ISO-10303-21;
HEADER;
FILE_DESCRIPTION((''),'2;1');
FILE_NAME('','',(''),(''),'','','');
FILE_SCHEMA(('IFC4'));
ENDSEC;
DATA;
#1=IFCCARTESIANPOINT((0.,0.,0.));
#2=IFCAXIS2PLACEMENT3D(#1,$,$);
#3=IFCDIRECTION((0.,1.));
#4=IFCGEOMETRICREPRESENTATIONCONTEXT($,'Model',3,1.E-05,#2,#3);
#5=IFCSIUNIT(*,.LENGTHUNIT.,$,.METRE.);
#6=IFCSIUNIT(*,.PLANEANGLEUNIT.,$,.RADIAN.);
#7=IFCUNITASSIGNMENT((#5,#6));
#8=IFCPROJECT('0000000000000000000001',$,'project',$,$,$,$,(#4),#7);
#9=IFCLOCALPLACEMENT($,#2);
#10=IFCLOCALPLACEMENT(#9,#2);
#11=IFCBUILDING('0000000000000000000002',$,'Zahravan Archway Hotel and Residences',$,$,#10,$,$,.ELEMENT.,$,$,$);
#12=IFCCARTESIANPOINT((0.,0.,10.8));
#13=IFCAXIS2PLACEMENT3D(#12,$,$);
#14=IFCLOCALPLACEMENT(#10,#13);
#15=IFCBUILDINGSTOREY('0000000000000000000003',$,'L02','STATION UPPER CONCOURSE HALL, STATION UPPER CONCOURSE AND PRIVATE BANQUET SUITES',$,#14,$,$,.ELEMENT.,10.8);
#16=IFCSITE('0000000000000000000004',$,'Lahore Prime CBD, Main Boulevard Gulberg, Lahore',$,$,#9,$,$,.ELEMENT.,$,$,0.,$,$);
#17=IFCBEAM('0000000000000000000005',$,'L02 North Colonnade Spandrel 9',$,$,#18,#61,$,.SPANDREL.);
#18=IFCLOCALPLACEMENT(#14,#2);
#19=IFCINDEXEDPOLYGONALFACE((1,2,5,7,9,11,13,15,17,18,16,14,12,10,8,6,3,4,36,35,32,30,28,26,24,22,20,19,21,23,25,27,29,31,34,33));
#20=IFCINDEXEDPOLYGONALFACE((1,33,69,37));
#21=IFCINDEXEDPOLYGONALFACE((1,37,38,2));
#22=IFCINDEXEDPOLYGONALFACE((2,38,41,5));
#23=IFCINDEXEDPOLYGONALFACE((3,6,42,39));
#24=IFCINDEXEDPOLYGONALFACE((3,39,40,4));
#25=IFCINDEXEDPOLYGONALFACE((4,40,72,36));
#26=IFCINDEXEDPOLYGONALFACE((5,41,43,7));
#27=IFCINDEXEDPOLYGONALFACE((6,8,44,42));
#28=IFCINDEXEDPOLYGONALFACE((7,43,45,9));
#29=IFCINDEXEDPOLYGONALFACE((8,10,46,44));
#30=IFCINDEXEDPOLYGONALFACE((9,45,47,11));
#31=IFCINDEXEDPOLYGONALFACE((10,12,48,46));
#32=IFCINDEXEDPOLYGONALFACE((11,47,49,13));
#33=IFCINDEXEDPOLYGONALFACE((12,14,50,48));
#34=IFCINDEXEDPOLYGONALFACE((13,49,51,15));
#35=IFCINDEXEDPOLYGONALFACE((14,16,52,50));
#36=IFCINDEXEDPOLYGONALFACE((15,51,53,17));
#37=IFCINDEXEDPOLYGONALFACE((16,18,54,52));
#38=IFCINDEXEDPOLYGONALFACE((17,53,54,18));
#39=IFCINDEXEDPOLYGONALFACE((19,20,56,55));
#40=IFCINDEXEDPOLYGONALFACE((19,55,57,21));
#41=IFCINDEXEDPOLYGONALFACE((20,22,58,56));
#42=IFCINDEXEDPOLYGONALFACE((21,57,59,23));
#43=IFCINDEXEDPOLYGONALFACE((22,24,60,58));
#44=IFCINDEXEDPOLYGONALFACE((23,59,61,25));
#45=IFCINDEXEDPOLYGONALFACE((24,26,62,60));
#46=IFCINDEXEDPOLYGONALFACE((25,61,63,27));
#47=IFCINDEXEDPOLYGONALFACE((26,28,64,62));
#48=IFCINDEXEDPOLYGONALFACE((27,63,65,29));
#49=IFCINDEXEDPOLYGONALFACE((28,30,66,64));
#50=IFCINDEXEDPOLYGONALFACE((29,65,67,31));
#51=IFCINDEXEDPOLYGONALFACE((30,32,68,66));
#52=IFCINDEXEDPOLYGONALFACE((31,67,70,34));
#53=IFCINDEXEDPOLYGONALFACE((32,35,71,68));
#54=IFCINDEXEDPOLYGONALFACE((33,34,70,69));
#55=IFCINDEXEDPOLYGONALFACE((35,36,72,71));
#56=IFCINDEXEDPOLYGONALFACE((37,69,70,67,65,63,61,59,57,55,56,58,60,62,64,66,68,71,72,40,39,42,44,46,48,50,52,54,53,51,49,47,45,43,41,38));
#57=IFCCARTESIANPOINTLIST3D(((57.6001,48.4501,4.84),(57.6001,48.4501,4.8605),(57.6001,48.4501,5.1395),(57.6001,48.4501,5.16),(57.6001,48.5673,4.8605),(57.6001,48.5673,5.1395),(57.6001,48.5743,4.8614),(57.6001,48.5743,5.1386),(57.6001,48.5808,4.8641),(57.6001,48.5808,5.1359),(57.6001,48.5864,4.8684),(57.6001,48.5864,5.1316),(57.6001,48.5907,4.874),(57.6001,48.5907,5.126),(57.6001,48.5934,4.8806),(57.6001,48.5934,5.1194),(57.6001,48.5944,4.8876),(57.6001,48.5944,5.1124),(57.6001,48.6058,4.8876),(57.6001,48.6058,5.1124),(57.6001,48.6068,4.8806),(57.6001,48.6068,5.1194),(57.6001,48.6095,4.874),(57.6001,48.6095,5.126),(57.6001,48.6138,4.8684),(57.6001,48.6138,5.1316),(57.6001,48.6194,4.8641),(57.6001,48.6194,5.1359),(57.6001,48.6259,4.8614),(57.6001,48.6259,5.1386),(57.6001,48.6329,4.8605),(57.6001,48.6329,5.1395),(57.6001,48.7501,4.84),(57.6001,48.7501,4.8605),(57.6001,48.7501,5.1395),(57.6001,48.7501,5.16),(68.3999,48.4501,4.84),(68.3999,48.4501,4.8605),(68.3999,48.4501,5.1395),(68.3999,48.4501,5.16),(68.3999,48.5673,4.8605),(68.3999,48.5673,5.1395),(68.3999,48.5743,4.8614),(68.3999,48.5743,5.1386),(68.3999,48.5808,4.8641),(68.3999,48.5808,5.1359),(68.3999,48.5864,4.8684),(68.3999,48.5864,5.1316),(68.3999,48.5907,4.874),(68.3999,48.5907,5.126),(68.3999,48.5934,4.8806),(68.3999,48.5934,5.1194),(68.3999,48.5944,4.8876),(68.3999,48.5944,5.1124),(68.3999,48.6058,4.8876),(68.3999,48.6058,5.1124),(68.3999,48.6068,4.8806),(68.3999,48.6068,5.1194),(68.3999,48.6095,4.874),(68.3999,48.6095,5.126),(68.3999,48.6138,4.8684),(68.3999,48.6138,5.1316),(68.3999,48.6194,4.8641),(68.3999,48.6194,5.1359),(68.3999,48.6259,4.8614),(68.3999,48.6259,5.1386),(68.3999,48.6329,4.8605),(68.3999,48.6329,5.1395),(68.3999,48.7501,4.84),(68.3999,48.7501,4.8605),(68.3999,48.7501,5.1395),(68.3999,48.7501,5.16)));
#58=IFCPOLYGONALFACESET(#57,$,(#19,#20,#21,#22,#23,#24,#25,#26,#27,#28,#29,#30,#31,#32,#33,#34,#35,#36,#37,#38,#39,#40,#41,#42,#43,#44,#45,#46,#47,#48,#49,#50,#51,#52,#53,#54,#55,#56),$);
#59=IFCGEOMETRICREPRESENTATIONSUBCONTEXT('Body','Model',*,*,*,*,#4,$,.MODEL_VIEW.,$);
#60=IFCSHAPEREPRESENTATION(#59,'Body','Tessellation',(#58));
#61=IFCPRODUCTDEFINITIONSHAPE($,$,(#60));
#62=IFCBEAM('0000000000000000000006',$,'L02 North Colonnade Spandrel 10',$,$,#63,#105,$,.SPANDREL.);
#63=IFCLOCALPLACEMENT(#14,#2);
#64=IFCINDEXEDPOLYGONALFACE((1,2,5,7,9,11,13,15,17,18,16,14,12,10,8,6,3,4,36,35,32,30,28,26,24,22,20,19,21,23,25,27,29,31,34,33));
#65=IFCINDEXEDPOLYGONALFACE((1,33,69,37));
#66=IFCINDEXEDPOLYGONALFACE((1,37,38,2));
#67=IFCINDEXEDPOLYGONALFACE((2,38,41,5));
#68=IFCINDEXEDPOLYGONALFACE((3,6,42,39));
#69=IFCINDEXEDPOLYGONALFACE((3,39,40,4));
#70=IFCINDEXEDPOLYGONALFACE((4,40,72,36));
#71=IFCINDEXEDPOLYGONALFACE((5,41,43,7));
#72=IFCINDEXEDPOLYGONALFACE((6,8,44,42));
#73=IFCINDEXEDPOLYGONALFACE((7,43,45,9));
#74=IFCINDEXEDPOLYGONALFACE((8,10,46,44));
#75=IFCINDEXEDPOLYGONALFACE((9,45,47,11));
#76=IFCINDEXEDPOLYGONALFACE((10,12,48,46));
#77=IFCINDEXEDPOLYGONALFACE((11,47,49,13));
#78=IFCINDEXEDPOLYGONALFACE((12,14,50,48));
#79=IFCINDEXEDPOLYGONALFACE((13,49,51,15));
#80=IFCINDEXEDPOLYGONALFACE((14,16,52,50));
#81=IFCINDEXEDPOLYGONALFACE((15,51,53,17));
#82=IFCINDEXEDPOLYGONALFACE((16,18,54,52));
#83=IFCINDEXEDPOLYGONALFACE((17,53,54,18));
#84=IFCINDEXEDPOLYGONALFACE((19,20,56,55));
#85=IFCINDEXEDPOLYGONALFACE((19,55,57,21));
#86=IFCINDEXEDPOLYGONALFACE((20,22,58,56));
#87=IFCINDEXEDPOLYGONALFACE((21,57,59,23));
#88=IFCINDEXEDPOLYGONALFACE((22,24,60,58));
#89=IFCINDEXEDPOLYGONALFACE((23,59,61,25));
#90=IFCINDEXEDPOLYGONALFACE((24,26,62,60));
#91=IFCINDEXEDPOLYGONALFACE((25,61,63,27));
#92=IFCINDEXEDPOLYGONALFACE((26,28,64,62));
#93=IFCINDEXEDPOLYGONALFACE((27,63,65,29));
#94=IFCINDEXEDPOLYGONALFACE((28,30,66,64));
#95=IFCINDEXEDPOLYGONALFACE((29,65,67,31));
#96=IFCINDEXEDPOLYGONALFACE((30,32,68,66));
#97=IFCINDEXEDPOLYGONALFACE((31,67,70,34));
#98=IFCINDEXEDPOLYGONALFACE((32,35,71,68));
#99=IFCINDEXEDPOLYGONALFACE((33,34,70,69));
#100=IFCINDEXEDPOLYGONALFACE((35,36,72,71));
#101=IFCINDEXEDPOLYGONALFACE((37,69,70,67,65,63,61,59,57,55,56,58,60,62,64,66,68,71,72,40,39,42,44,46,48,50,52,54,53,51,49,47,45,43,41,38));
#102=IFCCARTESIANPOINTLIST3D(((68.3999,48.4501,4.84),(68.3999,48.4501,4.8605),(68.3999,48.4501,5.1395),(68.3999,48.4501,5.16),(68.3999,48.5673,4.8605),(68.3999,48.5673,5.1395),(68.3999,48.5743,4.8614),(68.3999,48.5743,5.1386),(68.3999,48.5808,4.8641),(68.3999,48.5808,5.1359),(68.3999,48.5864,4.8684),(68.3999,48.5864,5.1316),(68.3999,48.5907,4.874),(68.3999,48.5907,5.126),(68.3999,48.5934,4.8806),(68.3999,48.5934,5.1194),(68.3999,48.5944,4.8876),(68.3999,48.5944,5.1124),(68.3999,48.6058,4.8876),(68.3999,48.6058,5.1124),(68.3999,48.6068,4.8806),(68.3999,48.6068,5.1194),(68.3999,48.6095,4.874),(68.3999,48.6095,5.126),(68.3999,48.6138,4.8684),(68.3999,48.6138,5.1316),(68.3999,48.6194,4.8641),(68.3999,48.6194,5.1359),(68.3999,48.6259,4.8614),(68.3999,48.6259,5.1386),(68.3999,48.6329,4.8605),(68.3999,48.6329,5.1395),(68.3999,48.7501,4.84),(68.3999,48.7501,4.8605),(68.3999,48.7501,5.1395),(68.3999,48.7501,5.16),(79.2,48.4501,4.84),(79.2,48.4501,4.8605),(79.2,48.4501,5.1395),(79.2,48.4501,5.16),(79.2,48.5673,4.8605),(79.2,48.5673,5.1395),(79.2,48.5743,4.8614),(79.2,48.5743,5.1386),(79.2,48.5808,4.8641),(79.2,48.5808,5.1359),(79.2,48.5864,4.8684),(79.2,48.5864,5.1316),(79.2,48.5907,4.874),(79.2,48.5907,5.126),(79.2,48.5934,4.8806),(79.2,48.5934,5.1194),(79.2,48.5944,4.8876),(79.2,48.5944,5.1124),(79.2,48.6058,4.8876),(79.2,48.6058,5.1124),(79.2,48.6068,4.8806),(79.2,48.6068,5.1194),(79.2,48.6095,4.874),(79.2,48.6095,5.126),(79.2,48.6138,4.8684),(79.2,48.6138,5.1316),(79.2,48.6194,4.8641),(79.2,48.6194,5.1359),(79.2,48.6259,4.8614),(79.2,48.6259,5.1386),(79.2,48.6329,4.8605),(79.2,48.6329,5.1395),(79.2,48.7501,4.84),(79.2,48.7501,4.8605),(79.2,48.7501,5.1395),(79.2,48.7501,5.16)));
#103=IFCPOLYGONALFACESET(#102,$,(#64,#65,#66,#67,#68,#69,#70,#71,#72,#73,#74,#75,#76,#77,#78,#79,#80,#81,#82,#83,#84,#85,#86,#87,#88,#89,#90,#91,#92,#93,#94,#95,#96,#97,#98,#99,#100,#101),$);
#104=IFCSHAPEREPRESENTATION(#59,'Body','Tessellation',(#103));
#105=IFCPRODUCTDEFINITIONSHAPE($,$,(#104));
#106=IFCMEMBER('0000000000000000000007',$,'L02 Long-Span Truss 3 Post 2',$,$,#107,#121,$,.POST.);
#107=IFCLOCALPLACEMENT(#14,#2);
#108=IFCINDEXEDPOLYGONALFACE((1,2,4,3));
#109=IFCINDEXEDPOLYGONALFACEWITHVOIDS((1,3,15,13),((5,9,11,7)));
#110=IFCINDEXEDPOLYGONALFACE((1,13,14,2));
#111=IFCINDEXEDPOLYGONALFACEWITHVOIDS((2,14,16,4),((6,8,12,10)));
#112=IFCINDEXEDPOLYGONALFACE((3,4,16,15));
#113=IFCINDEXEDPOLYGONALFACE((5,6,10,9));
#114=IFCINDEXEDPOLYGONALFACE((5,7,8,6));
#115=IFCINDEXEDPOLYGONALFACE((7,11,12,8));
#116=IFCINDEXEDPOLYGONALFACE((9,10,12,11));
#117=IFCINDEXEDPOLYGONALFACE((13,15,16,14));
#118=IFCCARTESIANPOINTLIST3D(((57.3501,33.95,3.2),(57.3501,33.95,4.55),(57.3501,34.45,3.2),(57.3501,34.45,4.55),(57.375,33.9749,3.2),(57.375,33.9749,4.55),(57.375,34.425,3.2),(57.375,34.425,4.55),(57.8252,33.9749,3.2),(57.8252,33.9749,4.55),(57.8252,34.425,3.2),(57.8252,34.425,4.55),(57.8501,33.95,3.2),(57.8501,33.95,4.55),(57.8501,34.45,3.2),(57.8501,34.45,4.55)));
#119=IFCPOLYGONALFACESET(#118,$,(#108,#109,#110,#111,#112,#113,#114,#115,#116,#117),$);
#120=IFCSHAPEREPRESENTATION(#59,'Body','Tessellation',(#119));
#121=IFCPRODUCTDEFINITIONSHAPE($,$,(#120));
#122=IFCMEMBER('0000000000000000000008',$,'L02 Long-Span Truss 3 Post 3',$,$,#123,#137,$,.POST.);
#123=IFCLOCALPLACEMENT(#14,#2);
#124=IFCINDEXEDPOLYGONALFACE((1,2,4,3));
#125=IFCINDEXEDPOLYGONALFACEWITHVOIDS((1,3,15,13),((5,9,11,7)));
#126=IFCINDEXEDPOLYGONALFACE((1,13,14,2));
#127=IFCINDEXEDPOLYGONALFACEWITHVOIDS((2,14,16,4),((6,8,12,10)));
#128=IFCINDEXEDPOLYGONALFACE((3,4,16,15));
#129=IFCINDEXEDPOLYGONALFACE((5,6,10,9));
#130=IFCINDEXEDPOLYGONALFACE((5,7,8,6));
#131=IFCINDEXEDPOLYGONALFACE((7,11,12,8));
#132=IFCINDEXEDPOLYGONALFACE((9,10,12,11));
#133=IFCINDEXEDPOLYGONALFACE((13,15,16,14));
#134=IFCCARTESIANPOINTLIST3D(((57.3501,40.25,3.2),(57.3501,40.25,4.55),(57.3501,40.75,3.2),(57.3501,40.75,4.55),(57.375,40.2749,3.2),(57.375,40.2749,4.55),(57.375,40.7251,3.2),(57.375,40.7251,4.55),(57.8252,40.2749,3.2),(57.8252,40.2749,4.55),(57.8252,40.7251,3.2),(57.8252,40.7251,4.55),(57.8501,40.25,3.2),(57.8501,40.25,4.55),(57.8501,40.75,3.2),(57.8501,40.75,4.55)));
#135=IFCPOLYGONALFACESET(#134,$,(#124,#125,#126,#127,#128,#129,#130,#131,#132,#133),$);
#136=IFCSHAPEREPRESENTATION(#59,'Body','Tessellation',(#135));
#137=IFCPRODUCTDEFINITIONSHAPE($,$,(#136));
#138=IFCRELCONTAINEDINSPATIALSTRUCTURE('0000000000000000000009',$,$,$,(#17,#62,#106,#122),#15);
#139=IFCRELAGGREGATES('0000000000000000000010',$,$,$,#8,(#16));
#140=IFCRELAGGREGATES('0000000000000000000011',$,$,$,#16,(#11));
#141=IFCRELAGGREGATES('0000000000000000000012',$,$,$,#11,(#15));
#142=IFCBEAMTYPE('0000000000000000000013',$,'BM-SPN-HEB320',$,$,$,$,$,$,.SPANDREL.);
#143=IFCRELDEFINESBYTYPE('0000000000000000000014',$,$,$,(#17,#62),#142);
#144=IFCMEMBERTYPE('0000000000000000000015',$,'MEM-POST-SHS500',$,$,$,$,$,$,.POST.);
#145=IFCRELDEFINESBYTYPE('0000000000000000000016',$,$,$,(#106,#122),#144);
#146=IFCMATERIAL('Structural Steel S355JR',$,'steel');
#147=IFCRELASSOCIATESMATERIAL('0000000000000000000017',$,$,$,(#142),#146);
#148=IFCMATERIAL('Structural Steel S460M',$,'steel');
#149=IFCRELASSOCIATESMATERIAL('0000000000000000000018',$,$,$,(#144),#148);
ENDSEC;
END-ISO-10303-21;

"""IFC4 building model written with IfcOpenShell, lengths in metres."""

from ifc_helpers import new_model, si_unit, direction, frame, origin, origin_2d, place, context, subcontext, project, spatial, hollow_rectangle, i_section, extrude, source, transform, mapped, material, material_profile, profile_set, type_object, type_shapes, element, save


model = new_model("IFC4")

# Units and contexts
model_context = context("Model", 3, precision=1e-05, world=origin(), true_north=direction((0.0, 1.0)))
body_context = subcontext(model_context, "Body", "Model", "MODEL_VIEW")
ifc_project = project(units=[si_unit("LENGTHUNIT", "METRE"), si_unit("PLANEANGLEUNIT", "RADIAN")], contexts=[model_context])

# Site, building, storey
site_placement = place(None, origin())
site = spatial("IfcSite", under=ifc_project, at=site_placement, Name="Lahore Prime CBD, Main Boulevard Gulberg, Lahore", CompositionType="ELEMENT", RefElevation=0.0)
building_placement = place(site_placement, origin())
building = spatial("IfcBuilding", under=site, at=building_placement, Name="Zahravan Archway Hotel and Residences", CompositionType="ELEMENT")
storey_placement = place(building_placement, frame((0.0, 0.0, 10.8)))
storey = spatial("IfcBuildingStorey", under=building, at=storey_placement, Name="L02", Description="STATION UPPER CONCOURSE HALL, STATION UPPER CONCOURSE AND PRIVATE BANQUET SUITES", CompositionType="ELEMENT", Elevation=10.8)

# Beams
ifc_material_1 = material(Name="Structural Steel S355JR", Category="steel")
ifc_material_profile_1 = material_profile(ifc_material_1, i_section(OverallWidth=0.3, OverallDepth=0.3201, WebThickness=0.0115, FlangeThickness=0.0205, FilletRadius=0.0271, at=origin_2d()), Name="HEB 320", Category="steel")
ifc_profile_set_1 = profile_set([ifc_material_profile_1], Name="Structural Steel S355JR")
beam_type_1 = type_object("IfcBeamType", Name="BM-SPN-HEB320", PredefinedType="SPANDREL", material=ifc_profile_set_1)
shared_shape_1 = source(origin(), body_context, "Body", "SweptSolid", [
    extrude(i_section(OverallWidth=0.3, OverallDepth=0.3201, WebThickness=0.0115, FlangeThickness=0.0205, FilletRadius=0.0271, at=origin_2d()), origin(), (0.0, 0.0, 1.0), 10.7998),
])
beam_1_placement = place(storey_placement, frame((57.6001, 48.6001, 5.0), z_axis=(1.0, 0.0, 0.0), x_axis=(0.0, 1.0, 0.0)))
element("IfcBeam", 1, at=beam_1_placement, inside=storey, type_object=beam_type_1, Name="L02 North Colonnade Spandrel 9", PredefinedType="SPANDREL", context=body_context, shape_type="MappedRepresentation", body=[
    mapped(shared_shape_1, transform((0.0, 0.0, 0.0), scale=1.0)),
])
shared_shape_2 = source(origin(), body_context, "Body", "SweptSolid", [
    extrude(i_section(OverallWidth=0.3, OverallDepth=0.3201, WebThickness=0.0115, FlangeThickness=0.0205, FilletRadius=0.0271, at=origin_2d()), origin(), (0.0, 0.0, 1.0), 10.8),
])
beam_2_placement = place(storey_placement, frame((68.3999, 48.6001, 5.0), z_axis=(1.0, 0.0, 0.0), x_axis=(0.0, 1.0, 0.0)))
element("IfcBeam", 2, at=beam_2_placement, inside=storey, type_object=beam_type_1, Name="L02 North Colonnade Spandrel 10", PredefinedType="SPANDREL", context=body_context, shape_type="MappedRepresentation", body=[
    mapped(shared_shape_2, transform((0.0, 0.0, 0.0), scale=1.0)),
])

# Members
ifc_material_2 = material(Name="Structural Steel S460M", Category="steel")
ifc_material_profile_2 = material_profile(ifc_material_2, hollow_rectangle(XDim=0.5, YDim=0.5, WallThickness=0.0249, at=origin_2d()), Name="SHS 500x500x25", Category="steel")
ifc_profile_set_2 = profile_set([ifc_material_profile_2], Name="Structural Steel S460M")
member_type_1 = type_object("IfcMemberType", Name="MEM-POST-SHS500", PredefinedType="POST", material=ifc_profile_set_2)
shared_shape_3 = source(origin(), body_context, "Body", "SweptSolid", [
    extrude(hollow_rectangle(XDim=0.5, YDim=0.5, WallThickness=0.0249, at=origin_2d()), origin(), (0.0, 0.0, 1.0), 1.3501),
])
type_shapes(member_type_1, [shared_shape_3])
for number, where, z_axis, x_axis, name in (
    (3, (57.6001, 34.2, 3.2), (0.0, 0.0, 1.0), (1.0, 0.0, 0.0), "L02 Long-Span Truss 3 Post 2"),
    (4, (57.6001, 40.5, 3.2), (0.0, 0.0, 1.0), (1.0, 0.0, 0.0), "L02 Long-Span Truss 3 Post 3"),
):
    element("IfcMember", number, at=place(storey_placement, frame(where, z_axis=z_axis, x_axis=x_axis)), inside=storey, type_object=member_type_1, Name=name, PredefinedType="POST", context=body_context, shape_type="MappedRepresentation", body=[
        mapped(shared_shape_3, transform((0.0, 0.0, 0.0), scale=1.0)),
    ])

save(model, "model.ifc")
